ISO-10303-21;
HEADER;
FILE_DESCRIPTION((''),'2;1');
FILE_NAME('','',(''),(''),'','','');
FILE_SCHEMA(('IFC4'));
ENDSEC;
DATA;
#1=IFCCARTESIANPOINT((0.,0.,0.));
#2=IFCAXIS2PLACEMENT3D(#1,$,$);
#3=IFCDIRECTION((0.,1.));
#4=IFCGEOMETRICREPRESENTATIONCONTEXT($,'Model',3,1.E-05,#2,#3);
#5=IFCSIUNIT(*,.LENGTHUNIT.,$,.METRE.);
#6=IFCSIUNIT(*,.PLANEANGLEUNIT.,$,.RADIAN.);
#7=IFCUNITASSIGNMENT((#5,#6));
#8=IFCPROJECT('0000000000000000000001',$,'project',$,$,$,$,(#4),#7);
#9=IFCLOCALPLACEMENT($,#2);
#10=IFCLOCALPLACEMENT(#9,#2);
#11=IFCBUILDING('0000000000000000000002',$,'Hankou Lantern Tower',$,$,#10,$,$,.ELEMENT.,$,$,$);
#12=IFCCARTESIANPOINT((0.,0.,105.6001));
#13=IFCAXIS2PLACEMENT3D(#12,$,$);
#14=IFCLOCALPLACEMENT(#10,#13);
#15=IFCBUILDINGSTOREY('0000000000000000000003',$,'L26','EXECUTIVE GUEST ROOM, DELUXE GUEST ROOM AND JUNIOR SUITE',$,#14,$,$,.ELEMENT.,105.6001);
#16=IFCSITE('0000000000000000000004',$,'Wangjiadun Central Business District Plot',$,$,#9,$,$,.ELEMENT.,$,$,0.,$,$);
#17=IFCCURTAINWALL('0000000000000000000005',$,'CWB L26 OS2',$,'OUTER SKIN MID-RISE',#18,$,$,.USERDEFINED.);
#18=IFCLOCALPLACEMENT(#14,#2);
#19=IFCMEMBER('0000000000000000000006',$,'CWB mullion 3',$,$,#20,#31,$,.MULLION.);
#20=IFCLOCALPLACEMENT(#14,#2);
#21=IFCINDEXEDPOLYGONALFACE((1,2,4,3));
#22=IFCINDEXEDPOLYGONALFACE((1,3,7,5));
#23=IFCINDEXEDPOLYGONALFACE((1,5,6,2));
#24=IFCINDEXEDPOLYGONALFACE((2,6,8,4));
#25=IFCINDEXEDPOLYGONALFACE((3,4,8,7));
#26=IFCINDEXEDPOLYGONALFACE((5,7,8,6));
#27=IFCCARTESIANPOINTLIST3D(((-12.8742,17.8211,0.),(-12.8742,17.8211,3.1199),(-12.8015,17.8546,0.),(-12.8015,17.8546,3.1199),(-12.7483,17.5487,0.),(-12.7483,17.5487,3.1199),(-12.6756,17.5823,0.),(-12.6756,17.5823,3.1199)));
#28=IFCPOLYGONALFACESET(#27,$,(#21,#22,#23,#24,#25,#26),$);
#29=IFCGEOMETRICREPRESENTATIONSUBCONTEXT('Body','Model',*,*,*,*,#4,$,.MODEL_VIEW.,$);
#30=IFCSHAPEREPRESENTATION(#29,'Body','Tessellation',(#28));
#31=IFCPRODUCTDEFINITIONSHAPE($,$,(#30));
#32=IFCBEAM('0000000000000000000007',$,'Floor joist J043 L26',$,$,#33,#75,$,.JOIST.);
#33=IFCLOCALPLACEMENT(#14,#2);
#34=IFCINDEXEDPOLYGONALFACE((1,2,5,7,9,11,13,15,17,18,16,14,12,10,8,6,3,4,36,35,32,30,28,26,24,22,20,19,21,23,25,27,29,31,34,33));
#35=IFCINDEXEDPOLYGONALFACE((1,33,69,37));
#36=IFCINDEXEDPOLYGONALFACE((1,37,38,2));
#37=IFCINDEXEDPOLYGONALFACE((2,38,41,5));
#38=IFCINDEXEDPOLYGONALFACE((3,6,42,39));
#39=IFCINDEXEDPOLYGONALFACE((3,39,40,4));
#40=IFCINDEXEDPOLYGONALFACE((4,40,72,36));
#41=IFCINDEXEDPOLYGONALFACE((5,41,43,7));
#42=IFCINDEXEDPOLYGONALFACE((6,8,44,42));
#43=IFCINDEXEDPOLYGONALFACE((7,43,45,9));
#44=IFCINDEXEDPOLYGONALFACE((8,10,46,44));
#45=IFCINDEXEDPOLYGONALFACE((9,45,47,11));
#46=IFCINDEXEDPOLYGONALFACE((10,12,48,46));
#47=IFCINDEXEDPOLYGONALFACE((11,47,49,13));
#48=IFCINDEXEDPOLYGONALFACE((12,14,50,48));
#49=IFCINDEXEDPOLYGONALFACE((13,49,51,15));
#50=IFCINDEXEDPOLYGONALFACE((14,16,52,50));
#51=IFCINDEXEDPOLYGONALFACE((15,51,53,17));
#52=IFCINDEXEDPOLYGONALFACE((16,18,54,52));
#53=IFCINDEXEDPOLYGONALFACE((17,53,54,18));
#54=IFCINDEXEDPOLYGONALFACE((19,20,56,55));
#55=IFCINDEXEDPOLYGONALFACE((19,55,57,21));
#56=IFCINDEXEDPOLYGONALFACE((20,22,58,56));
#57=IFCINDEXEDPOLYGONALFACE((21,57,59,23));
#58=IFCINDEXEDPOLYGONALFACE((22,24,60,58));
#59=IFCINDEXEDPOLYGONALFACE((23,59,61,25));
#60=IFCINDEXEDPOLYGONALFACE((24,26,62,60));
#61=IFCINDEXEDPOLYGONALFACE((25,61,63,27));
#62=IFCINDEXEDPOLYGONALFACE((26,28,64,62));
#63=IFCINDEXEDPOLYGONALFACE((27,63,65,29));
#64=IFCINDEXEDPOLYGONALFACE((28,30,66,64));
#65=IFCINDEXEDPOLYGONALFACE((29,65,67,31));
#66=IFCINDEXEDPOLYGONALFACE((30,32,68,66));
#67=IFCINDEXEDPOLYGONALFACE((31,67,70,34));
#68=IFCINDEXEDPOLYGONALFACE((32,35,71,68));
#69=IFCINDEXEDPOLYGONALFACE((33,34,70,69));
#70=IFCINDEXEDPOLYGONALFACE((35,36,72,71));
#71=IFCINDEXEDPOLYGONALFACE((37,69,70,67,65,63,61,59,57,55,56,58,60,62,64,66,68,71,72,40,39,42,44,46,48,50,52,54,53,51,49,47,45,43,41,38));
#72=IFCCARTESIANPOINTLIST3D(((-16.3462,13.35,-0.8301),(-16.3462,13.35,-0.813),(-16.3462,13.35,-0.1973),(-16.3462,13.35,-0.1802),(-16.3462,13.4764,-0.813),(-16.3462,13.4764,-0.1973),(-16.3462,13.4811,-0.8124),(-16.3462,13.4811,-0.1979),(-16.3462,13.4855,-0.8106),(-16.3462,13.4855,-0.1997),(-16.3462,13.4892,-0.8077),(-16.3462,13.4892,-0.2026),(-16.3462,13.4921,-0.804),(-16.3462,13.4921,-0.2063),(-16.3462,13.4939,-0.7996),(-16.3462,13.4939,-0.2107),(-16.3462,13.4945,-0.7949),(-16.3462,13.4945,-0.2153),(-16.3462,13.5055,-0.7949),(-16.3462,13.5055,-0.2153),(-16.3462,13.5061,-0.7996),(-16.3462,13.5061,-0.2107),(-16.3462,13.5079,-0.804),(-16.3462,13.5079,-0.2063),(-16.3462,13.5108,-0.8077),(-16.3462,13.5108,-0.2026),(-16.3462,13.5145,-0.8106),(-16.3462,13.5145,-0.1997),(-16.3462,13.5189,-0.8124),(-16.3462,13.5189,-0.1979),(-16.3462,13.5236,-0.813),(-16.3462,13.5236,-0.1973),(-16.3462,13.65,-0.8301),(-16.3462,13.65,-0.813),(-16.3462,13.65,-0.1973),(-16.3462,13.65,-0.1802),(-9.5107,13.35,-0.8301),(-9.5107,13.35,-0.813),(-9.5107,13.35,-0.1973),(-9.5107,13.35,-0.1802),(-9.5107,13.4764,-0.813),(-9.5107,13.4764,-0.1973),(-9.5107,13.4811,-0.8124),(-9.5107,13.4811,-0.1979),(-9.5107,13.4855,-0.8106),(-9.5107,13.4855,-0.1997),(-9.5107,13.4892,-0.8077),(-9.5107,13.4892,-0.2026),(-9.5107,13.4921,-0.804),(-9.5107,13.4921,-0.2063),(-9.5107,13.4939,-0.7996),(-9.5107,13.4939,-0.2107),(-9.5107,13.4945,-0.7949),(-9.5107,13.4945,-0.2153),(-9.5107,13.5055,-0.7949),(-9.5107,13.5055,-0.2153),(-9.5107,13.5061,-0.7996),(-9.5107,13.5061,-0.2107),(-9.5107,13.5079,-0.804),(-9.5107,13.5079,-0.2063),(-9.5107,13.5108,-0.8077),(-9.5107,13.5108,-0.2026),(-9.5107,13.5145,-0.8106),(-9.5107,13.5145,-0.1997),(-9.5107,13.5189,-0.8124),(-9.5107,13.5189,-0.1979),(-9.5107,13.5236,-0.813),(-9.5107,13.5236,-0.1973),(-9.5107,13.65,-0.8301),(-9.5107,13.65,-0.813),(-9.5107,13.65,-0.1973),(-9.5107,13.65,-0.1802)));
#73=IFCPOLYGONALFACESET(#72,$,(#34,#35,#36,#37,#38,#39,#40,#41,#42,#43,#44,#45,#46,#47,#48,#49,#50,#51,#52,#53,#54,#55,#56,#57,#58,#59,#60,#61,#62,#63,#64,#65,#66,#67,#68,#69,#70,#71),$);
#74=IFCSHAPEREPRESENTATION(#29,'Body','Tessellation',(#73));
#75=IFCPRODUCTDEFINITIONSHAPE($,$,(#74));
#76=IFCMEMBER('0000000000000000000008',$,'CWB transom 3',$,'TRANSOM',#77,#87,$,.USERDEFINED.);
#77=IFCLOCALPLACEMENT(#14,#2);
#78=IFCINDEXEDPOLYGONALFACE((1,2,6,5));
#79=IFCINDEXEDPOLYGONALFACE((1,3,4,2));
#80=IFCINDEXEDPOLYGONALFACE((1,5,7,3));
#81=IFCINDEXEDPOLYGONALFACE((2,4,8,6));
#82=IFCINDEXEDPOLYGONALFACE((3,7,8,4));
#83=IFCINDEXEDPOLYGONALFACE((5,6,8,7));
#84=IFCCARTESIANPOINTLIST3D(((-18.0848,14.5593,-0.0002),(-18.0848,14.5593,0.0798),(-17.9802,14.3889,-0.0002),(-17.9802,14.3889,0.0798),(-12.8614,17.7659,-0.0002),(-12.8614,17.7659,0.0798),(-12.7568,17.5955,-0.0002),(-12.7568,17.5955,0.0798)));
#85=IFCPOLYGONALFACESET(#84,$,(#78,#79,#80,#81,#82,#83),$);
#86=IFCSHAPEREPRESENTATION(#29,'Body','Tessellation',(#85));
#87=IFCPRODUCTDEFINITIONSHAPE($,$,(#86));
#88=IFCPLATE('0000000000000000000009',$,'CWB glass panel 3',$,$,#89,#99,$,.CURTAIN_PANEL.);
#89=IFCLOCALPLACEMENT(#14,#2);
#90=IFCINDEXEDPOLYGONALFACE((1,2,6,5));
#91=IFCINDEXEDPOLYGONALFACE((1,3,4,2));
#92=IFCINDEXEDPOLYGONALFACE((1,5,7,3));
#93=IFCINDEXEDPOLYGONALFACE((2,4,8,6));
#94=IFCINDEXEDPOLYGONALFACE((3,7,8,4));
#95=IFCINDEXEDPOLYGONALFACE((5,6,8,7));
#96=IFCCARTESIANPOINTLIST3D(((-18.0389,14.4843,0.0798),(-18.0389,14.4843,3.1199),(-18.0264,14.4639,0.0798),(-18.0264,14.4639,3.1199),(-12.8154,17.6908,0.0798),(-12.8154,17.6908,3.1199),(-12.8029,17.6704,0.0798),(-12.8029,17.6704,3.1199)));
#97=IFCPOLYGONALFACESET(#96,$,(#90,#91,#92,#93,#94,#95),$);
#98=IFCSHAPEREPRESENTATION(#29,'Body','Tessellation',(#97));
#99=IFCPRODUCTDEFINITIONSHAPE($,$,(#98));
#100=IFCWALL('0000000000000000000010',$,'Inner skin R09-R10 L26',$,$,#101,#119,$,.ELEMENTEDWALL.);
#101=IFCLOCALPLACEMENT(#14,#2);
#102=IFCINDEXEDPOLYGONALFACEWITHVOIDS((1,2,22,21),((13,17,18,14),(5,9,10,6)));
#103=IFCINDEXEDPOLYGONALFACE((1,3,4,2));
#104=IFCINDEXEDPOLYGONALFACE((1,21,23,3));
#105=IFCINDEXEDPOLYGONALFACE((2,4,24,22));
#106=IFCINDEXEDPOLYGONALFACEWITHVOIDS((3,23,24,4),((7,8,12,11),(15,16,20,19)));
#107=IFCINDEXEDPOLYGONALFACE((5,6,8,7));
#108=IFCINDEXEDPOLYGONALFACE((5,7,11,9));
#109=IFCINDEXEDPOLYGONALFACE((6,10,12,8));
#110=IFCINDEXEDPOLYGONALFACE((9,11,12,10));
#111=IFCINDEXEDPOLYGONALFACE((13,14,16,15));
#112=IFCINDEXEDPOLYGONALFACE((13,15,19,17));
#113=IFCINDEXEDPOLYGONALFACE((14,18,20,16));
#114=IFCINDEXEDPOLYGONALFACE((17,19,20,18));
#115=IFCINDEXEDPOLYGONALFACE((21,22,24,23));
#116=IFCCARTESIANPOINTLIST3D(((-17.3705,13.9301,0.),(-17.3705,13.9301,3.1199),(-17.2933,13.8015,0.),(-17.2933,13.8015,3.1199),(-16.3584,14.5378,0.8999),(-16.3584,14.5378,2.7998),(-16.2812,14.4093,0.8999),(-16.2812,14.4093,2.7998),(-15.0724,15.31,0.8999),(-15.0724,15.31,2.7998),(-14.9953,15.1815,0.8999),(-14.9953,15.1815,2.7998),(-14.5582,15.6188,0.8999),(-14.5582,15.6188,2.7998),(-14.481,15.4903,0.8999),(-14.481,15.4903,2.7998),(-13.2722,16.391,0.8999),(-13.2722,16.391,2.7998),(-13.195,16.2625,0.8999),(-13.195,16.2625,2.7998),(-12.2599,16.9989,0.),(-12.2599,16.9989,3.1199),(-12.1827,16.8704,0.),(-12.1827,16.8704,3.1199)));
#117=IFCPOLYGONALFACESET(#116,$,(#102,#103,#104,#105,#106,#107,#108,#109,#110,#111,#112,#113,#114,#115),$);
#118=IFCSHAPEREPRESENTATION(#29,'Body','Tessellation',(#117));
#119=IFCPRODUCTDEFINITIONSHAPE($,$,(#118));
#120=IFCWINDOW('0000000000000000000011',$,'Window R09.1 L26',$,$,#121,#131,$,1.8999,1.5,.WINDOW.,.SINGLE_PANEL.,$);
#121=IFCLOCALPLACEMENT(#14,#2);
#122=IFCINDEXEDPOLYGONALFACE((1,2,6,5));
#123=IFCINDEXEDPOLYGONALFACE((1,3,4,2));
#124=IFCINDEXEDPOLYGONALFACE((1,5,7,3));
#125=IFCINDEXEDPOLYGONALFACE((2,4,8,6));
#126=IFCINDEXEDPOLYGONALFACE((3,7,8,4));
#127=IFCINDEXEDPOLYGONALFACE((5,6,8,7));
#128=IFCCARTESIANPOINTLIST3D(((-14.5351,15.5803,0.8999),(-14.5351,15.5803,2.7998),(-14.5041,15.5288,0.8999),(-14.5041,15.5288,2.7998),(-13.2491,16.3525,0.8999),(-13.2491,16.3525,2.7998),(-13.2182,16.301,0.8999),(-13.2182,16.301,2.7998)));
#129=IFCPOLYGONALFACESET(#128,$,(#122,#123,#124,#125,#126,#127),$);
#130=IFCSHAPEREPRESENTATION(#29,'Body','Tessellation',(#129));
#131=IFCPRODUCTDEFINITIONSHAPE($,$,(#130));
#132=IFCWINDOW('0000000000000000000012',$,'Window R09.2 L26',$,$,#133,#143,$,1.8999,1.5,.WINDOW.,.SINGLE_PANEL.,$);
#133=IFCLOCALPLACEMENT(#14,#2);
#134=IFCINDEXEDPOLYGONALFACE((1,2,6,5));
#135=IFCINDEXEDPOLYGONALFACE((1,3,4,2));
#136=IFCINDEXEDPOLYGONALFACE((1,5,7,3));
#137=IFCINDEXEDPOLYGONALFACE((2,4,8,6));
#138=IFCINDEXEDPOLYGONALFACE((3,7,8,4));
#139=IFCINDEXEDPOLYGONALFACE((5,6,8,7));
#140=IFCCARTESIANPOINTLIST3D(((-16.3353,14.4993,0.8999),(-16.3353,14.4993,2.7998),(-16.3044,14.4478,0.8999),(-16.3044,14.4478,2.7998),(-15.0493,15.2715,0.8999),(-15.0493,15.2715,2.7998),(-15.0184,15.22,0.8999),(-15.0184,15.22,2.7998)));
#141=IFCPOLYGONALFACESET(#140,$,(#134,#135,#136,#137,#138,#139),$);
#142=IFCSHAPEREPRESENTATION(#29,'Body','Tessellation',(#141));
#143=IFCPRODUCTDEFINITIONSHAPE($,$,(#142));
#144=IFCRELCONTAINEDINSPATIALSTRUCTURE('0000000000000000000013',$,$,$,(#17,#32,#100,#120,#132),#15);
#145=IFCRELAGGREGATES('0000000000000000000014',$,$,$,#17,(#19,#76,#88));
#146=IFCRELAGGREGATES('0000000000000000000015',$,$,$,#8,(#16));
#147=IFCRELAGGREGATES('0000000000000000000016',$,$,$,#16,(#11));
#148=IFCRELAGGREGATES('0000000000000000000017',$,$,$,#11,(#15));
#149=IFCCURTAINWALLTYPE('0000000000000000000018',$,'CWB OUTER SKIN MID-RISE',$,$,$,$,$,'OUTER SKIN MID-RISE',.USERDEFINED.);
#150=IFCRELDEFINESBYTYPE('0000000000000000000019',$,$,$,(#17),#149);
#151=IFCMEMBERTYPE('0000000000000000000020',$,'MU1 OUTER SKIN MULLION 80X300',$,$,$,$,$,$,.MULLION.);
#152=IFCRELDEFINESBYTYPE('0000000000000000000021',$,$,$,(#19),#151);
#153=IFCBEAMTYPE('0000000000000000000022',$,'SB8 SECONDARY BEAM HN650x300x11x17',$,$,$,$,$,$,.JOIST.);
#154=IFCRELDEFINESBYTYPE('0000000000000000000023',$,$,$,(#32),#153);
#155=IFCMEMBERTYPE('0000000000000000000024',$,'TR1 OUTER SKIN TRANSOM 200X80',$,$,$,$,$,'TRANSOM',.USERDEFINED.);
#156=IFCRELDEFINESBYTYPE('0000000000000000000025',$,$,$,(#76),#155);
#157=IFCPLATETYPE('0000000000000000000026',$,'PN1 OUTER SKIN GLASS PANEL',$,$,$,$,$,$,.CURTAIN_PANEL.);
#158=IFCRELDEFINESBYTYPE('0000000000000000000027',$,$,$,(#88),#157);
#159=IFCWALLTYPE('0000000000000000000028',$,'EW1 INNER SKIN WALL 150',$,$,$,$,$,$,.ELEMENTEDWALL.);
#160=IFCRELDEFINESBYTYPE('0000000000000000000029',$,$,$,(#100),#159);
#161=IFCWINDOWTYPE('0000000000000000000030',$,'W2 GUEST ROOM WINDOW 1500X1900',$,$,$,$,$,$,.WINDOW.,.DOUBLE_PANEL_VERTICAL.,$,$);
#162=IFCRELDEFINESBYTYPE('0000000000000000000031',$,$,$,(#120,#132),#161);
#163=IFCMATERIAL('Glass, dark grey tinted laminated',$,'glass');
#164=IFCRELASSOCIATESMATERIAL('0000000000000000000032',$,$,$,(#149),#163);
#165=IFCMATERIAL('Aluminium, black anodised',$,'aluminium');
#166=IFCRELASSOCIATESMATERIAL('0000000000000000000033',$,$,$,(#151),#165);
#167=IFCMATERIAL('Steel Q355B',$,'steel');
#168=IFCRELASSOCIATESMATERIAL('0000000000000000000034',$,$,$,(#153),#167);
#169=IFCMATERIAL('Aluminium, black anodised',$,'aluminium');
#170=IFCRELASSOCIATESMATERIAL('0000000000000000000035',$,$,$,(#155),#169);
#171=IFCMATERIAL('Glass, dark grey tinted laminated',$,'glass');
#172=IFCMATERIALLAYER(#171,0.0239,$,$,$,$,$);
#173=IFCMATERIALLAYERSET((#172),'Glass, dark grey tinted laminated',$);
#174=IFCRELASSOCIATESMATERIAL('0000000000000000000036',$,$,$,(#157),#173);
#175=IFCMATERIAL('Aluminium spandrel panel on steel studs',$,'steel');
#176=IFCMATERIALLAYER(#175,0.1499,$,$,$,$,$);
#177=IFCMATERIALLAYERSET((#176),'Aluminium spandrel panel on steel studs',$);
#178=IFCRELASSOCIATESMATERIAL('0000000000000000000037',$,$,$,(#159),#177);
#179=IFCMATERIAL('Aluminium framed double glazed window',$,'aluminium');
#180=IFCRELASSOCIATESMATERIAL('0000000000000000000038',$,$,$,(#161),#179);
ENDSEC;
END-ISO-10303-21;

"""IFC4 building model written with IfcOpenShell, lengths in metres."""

from ifc_helpers import new_model, si_unit, direction, frame, frame_2d, origin, origin_2d, place, context, subcontext, project, spatial, rectangle, i_section, extrude, material, layer, layer_set, material_profile, profile_set, type_object, element, fill, aggregate, save


model = new_model("IFC4")

# Units and contexts
model_context = context("Model", 3, precision=1e-05, world=origin(), true_north=direction((0.0, 1.0)))
body_context = subcontext(model_context, "Body", "Model", "MODEL_VIEW")
ifc_project = project(units=[si_unit("LENGTHUNIT", "METRE"), si_unit("PLANEANGLEUNIT", "RADIAN")], contexts=[model_context])

# Site, building, storey
site_placement = place(None, origin())
site = spatial("IfcSite", under=ifc_project, at=site_placement, Name="Wangjiadun Central Business District Plot", CompositionType="ELEMENT", RefElevation=0.0)
building_placement = place(site_placement, origin())
building = spatial("IfcBuilding", under=site, at=building_placement, Name="Hankou Lantern Tower", CompositionType="ELEMENT")
storey_placement = place(building_placement, frame((0.0, 0.0, 105.6001)))
storey = spatial("IfcBuildingStorey", under=building, at=storey_placement, Name="L26", Description="EXECUTIVE GUEST ROOM, DELUXE GUEST ROOM AND JUNIOR SUITE", CompositionType="ELEMENT", Elevation=105.6001)

# Curtain wall, member
ifc_material_1 = material(Name="Glass, dark grey tinted laminated", Category="glass")
curtain_wall_type = type_object("IfcCurtainWallType", Name="CWB OUTER SKIN MID-RISE", ElementType="OUTER SKIN MID-RISE", PredefinedType="USERDEFINED", material=ifc_material_1)
curtain_wall_placement = place(storey_placement, origin())
curtain_wall = element("IfcCurtainWall", 1, at=curtain_wall_placement, inside=storey, type_object=curtain_wall_type, Name="CWB L26 OS2", ObjectType="OUTER SKIN MID-RISE", PredefinedType="USERDEFINED")
ifc_material_2 = material(Name="Aluminium, black anodised", Category="aluminium")
ifc_material_profile_1 = material_profile(ifc_material_2, rectangle(XDim=0.0801, YDim=0.3, at=origin_2d()), Name="MU1 80X300")
ifc_profile_set_1 = profile_set([ifc_material_profile_1], Name="Aluminium, black anodised")
member_type_1 = type_object("IfcMemberType", Name="MU1 OUTER SKIN MULLION 80X300", PredefinedType="MULLION", material=ifc_profile_set_1)
member_1_placement = place(storey_placement, frame((-12.7749, 17.7017, 0.0), z_axis=(0.0, 0.0, 1.0), x_axis=(-0.907841, -0.419314, 0.0)))
member_1 = element("IfcMember", 2, at=member_1_placement, type_object=member_type_1, Name="CWB mullion 3", PredefinedType="MULLION", context=body_context, shape_type="SweptSolid", body=[
    extrude(rectangle(XDim=0.0801, YDim=0.3, at=origin_2d()), origin(), (0.0, 0.0, 1.0), 3.1199),
])

# Beam
ifc_material_3 = material(Name="Steel Q355B", Category="steel")
ifc_material_profile_2 = material_profile(ifc_material_3, i_section(OverallWidth=0.3, OverallDepth=0.6499, WebThickness=0.011, FlangeThickness=0.0171, FilletRadius=0.0181, at=origin_2d()), Name="HN650x300x11x17")
ifc_profile_set_2 = profile_set([ifc_material_profile_2], Name="Steel Q355B")
beam_type = type_object("IfcBeamType", Name="SB8 SECONDARY BEAM HN650x300x11x17", PredefinedType="JOIST", material=ifc_profile_set_2)
beam_placement = place(storey_placement, frame((-16.3462, 13.5, -0.5051), z_axis=(1.0, 0.0, 0.0), x_axis=(0.0, 1.0, 0.0)))
element("IfcBeam", 3, at=beam_placement, inside=storey, type_object=beam_type, Name="Floor joist J043 L26", PredefinedType="JOIST", context=body_context, shape_type="SweptSolid", body=[
    extrude(i_section(OverallWidth=0.3, OverallDepth=0.6499, WebThickness=0.011, FlangeThickness=0.0171, FilletRadius=0.0181, at=origin_2d()), origin(), (0.0, 0.0, 1.0), 6.8354),
])

# Member
ifc_material_4 = material(Name="Aluminium, black anodised", Category="aluminium")
ifc_material_profile_3 = material_profile(ifc_material_4, rectangle(XDim=0.2, YDim=0.0801, at=origin_2d()), Name="TR1 200X80")
ifc_profile_set_3 = profile_set([ifc_material_profile_3], Name="Aluminium, black anodised")
member_type_2 = type_object("IfcMemberType", Name="TR1 OUTER SKIN TRANSOM 200X80", ElementType="TRANSOM", PredefinedType="USERDEFINED", material=ifc_profile_set_3)
member_2_placement = place(storey_placement, frame((-12.8091, 17.6807, 0.0398), z_axis=(-0.852229, -0.523168, 0.0), x_axis=(0.523168, -0.852229, 0.0)))
member_2 = element("IfcMember", 4, at=member_2_placement, type_object=member_type_2, Name="CWB transom 3", ObjectType="TRANSOM", PredefinedType="USERDEFINED", context=body_context, shape_type="SweptSolid", body=[
    extrude(rectangle(XDim=0.2, YDim=0.0801, at=origin_2d()), origin(), (0.0, 0.0, 1.0), 6.1292),
])

# Plate
ifc_material_5 = material(Name="Glass, dark grey tinted laminated", Category="glass")
ifc_layer_1 = layer(ifc_material_5, 0.0239)
ifc_layer_set_1 = layer_set([ifc_layer_1], Name="Glass, dark grey tinted laminated")
plate_type = type_object("IfcPlateType", Name="PN1 OUTER SKIN GLASS PANEL", PredefinedType="CURTAIN_PANEL", material=ifc_layer_set_1)
plate_placement = place(storey_placement, frame((-15.4209, 16.0774, 0.0798), z_axis=(0.0, 0.0, 1.0), x_axis=(-0.852237, -0.523156, 0.0)))
plate = element("IfcPlate", 5, at=plate_placement, type_object=plate_type, Name="CWB glass panel 3", PredefinedType="CURTAIN_PANEL", context=body_context, shape_type="SweptSolid", body=[
    extrude(rectangle(XDim=6.1292, YDim=0.0239, at=origin_2d()), origin(), (0.0, 0.0, 1.0), 3.04),
])
aggregate(curtain_wall, [member_1, member_2, plate])

# Wall, openings, windows
ifc_material_6 = material(Name="Aluminium spandrel panel on steel studs", Category="steel")
ifc_layer_2 = layer(ifc_material_6, 0.1499)
ifc_layer_set_2 = layer_set([ifc_layer_2], Name="Aluminium spandrel panel on steel studs")
wall_type_1 = type_object("IfcWallType", Name="EW1 INNER SKIN WALL 150", PredefinedType="ELEMENTEDWALL", material=ifc_layer_set_2)
wall_1_placement = place(storey_placement, frame((-12.2214, 16.9346, 0.0), z_axis=(0.0, 0.0, 1.0), x_axis=(-0.857309, -0.514803, 0.0)))
wall_1 = element("IfcWall", 6, at=wall_1_placement, inside=storey, type_object=wall_type_1, Name="Inner skin R09-R10 L26", PredefinedType="ELEMENTEDWALL", context=body_context, shape_type="SweptSolid", body=[
    extrude(rectangle(XDim=5.9612, YDim=0.1499, at=frame_2d((2.9805, 0.0))), origin(), (0.0, 0.0, 1.0), 3.1199),
])
opening_1_placement = place(wall_1_placement, frame((1.1807, 0.0, 0.8999)))
opening_1 = element("IfcOpeningElement", 7, at=opening_1_placement, cuts=wall_1, PredefinedType="OPENING", context=body_context, shape_type="SweptSolid", body=[
    extrude(rectangle(XDim=1.5, YDim=1.8999, at=frame_2d((0.75, 0.95))), frame((0.0, 0.085, 0.0), z_axis=(0.0, -1.0, 0.0), x_axis=(1.0, 0.0, 0.0)), (0.0, 0.0, 1.0), 0.1699),
])
opening_2_placement = place(wall_1_placement, frame((3.2805, 0.0, 0.8999)))
opening_2 = element("IfcOpeningElement", 8, at=opening_2_placement, cuts=wall_1, PredefinedType="OPENING", context=body_context, shape_type="SweptSolid", body=[
    extrude(rectangle(XDim=1.5, YDim=1.8999, at=frame_2d((0.75, 0.95))), frame((0.0, 0.085, 0.0), z_axis=(0.0, -1.0, 0.0), x_axis=(1.0, 0.0, 0.0)), (0.0, 0.0, 1.0), 0.1699),
])
ifc_material_7 = material(Name="Aluminium framed double glazed window", Category="aluminium")
window_type = type_object("IfcWindowType", Name="W2 GUEST ROOM WINDOW 1500X1900", PartitioningType="DOUBLE_PANEL_VERTICAL", PredefinedType="WINDOW", material=ifc_material_7)
window_1_placement = place(opening_1_placement, origin())
window_1 = element("IfcWindow", 9, at=window_1_placement, inside=storey, type_object=window_type, Name="Window R09.1 L26", OverallHeight=1.8999, OverallWidth=1.5, PartitioningType="SINGLE_PANEL", PredefinedType="WINDOW", context=body_context, shape_type="SweptSolid", body=[
    extrude(rectangle(XDim=1.5, YDim=1.8999, at=frame_2d((0.75, 0.95))), frame((0.0, 0.03, 0.0), z_axis=(0.0, -1.0, 0.0), x_axis=(1.0, 0.0, 0.0)), (0.0, 0.0, 1.0), 0.0601),
])
fill(opening_1, window_1)
window_2_placement = place(opening_2_placement, origin())
window_2 = element("IfcWindow", 10, at=window_2_placement, inside=storey, type_object=window_type, Name="Window R09.2 L26", OverallHeight=1.8999, OverallWidth=1.5, PartitioningType="SINGLE_PANEL", PredefinedType="WINDOW", context=body_context, shape_type="SweptSolid", body=[
    extrude(rectangle(XDim=1.5, YDim=1.8999, at=frame_2d((0.75, 0.95))), frame((0.0, 0.03, 0.0), z_axis=(0.0, -1.0, 0.0), x_axis=(1.0, 0.0, 0.0)), (0.0, 0.0, 1.0), 0.0601),
])
fill(opening_2, window_2)

save(model, "model.ifc")
